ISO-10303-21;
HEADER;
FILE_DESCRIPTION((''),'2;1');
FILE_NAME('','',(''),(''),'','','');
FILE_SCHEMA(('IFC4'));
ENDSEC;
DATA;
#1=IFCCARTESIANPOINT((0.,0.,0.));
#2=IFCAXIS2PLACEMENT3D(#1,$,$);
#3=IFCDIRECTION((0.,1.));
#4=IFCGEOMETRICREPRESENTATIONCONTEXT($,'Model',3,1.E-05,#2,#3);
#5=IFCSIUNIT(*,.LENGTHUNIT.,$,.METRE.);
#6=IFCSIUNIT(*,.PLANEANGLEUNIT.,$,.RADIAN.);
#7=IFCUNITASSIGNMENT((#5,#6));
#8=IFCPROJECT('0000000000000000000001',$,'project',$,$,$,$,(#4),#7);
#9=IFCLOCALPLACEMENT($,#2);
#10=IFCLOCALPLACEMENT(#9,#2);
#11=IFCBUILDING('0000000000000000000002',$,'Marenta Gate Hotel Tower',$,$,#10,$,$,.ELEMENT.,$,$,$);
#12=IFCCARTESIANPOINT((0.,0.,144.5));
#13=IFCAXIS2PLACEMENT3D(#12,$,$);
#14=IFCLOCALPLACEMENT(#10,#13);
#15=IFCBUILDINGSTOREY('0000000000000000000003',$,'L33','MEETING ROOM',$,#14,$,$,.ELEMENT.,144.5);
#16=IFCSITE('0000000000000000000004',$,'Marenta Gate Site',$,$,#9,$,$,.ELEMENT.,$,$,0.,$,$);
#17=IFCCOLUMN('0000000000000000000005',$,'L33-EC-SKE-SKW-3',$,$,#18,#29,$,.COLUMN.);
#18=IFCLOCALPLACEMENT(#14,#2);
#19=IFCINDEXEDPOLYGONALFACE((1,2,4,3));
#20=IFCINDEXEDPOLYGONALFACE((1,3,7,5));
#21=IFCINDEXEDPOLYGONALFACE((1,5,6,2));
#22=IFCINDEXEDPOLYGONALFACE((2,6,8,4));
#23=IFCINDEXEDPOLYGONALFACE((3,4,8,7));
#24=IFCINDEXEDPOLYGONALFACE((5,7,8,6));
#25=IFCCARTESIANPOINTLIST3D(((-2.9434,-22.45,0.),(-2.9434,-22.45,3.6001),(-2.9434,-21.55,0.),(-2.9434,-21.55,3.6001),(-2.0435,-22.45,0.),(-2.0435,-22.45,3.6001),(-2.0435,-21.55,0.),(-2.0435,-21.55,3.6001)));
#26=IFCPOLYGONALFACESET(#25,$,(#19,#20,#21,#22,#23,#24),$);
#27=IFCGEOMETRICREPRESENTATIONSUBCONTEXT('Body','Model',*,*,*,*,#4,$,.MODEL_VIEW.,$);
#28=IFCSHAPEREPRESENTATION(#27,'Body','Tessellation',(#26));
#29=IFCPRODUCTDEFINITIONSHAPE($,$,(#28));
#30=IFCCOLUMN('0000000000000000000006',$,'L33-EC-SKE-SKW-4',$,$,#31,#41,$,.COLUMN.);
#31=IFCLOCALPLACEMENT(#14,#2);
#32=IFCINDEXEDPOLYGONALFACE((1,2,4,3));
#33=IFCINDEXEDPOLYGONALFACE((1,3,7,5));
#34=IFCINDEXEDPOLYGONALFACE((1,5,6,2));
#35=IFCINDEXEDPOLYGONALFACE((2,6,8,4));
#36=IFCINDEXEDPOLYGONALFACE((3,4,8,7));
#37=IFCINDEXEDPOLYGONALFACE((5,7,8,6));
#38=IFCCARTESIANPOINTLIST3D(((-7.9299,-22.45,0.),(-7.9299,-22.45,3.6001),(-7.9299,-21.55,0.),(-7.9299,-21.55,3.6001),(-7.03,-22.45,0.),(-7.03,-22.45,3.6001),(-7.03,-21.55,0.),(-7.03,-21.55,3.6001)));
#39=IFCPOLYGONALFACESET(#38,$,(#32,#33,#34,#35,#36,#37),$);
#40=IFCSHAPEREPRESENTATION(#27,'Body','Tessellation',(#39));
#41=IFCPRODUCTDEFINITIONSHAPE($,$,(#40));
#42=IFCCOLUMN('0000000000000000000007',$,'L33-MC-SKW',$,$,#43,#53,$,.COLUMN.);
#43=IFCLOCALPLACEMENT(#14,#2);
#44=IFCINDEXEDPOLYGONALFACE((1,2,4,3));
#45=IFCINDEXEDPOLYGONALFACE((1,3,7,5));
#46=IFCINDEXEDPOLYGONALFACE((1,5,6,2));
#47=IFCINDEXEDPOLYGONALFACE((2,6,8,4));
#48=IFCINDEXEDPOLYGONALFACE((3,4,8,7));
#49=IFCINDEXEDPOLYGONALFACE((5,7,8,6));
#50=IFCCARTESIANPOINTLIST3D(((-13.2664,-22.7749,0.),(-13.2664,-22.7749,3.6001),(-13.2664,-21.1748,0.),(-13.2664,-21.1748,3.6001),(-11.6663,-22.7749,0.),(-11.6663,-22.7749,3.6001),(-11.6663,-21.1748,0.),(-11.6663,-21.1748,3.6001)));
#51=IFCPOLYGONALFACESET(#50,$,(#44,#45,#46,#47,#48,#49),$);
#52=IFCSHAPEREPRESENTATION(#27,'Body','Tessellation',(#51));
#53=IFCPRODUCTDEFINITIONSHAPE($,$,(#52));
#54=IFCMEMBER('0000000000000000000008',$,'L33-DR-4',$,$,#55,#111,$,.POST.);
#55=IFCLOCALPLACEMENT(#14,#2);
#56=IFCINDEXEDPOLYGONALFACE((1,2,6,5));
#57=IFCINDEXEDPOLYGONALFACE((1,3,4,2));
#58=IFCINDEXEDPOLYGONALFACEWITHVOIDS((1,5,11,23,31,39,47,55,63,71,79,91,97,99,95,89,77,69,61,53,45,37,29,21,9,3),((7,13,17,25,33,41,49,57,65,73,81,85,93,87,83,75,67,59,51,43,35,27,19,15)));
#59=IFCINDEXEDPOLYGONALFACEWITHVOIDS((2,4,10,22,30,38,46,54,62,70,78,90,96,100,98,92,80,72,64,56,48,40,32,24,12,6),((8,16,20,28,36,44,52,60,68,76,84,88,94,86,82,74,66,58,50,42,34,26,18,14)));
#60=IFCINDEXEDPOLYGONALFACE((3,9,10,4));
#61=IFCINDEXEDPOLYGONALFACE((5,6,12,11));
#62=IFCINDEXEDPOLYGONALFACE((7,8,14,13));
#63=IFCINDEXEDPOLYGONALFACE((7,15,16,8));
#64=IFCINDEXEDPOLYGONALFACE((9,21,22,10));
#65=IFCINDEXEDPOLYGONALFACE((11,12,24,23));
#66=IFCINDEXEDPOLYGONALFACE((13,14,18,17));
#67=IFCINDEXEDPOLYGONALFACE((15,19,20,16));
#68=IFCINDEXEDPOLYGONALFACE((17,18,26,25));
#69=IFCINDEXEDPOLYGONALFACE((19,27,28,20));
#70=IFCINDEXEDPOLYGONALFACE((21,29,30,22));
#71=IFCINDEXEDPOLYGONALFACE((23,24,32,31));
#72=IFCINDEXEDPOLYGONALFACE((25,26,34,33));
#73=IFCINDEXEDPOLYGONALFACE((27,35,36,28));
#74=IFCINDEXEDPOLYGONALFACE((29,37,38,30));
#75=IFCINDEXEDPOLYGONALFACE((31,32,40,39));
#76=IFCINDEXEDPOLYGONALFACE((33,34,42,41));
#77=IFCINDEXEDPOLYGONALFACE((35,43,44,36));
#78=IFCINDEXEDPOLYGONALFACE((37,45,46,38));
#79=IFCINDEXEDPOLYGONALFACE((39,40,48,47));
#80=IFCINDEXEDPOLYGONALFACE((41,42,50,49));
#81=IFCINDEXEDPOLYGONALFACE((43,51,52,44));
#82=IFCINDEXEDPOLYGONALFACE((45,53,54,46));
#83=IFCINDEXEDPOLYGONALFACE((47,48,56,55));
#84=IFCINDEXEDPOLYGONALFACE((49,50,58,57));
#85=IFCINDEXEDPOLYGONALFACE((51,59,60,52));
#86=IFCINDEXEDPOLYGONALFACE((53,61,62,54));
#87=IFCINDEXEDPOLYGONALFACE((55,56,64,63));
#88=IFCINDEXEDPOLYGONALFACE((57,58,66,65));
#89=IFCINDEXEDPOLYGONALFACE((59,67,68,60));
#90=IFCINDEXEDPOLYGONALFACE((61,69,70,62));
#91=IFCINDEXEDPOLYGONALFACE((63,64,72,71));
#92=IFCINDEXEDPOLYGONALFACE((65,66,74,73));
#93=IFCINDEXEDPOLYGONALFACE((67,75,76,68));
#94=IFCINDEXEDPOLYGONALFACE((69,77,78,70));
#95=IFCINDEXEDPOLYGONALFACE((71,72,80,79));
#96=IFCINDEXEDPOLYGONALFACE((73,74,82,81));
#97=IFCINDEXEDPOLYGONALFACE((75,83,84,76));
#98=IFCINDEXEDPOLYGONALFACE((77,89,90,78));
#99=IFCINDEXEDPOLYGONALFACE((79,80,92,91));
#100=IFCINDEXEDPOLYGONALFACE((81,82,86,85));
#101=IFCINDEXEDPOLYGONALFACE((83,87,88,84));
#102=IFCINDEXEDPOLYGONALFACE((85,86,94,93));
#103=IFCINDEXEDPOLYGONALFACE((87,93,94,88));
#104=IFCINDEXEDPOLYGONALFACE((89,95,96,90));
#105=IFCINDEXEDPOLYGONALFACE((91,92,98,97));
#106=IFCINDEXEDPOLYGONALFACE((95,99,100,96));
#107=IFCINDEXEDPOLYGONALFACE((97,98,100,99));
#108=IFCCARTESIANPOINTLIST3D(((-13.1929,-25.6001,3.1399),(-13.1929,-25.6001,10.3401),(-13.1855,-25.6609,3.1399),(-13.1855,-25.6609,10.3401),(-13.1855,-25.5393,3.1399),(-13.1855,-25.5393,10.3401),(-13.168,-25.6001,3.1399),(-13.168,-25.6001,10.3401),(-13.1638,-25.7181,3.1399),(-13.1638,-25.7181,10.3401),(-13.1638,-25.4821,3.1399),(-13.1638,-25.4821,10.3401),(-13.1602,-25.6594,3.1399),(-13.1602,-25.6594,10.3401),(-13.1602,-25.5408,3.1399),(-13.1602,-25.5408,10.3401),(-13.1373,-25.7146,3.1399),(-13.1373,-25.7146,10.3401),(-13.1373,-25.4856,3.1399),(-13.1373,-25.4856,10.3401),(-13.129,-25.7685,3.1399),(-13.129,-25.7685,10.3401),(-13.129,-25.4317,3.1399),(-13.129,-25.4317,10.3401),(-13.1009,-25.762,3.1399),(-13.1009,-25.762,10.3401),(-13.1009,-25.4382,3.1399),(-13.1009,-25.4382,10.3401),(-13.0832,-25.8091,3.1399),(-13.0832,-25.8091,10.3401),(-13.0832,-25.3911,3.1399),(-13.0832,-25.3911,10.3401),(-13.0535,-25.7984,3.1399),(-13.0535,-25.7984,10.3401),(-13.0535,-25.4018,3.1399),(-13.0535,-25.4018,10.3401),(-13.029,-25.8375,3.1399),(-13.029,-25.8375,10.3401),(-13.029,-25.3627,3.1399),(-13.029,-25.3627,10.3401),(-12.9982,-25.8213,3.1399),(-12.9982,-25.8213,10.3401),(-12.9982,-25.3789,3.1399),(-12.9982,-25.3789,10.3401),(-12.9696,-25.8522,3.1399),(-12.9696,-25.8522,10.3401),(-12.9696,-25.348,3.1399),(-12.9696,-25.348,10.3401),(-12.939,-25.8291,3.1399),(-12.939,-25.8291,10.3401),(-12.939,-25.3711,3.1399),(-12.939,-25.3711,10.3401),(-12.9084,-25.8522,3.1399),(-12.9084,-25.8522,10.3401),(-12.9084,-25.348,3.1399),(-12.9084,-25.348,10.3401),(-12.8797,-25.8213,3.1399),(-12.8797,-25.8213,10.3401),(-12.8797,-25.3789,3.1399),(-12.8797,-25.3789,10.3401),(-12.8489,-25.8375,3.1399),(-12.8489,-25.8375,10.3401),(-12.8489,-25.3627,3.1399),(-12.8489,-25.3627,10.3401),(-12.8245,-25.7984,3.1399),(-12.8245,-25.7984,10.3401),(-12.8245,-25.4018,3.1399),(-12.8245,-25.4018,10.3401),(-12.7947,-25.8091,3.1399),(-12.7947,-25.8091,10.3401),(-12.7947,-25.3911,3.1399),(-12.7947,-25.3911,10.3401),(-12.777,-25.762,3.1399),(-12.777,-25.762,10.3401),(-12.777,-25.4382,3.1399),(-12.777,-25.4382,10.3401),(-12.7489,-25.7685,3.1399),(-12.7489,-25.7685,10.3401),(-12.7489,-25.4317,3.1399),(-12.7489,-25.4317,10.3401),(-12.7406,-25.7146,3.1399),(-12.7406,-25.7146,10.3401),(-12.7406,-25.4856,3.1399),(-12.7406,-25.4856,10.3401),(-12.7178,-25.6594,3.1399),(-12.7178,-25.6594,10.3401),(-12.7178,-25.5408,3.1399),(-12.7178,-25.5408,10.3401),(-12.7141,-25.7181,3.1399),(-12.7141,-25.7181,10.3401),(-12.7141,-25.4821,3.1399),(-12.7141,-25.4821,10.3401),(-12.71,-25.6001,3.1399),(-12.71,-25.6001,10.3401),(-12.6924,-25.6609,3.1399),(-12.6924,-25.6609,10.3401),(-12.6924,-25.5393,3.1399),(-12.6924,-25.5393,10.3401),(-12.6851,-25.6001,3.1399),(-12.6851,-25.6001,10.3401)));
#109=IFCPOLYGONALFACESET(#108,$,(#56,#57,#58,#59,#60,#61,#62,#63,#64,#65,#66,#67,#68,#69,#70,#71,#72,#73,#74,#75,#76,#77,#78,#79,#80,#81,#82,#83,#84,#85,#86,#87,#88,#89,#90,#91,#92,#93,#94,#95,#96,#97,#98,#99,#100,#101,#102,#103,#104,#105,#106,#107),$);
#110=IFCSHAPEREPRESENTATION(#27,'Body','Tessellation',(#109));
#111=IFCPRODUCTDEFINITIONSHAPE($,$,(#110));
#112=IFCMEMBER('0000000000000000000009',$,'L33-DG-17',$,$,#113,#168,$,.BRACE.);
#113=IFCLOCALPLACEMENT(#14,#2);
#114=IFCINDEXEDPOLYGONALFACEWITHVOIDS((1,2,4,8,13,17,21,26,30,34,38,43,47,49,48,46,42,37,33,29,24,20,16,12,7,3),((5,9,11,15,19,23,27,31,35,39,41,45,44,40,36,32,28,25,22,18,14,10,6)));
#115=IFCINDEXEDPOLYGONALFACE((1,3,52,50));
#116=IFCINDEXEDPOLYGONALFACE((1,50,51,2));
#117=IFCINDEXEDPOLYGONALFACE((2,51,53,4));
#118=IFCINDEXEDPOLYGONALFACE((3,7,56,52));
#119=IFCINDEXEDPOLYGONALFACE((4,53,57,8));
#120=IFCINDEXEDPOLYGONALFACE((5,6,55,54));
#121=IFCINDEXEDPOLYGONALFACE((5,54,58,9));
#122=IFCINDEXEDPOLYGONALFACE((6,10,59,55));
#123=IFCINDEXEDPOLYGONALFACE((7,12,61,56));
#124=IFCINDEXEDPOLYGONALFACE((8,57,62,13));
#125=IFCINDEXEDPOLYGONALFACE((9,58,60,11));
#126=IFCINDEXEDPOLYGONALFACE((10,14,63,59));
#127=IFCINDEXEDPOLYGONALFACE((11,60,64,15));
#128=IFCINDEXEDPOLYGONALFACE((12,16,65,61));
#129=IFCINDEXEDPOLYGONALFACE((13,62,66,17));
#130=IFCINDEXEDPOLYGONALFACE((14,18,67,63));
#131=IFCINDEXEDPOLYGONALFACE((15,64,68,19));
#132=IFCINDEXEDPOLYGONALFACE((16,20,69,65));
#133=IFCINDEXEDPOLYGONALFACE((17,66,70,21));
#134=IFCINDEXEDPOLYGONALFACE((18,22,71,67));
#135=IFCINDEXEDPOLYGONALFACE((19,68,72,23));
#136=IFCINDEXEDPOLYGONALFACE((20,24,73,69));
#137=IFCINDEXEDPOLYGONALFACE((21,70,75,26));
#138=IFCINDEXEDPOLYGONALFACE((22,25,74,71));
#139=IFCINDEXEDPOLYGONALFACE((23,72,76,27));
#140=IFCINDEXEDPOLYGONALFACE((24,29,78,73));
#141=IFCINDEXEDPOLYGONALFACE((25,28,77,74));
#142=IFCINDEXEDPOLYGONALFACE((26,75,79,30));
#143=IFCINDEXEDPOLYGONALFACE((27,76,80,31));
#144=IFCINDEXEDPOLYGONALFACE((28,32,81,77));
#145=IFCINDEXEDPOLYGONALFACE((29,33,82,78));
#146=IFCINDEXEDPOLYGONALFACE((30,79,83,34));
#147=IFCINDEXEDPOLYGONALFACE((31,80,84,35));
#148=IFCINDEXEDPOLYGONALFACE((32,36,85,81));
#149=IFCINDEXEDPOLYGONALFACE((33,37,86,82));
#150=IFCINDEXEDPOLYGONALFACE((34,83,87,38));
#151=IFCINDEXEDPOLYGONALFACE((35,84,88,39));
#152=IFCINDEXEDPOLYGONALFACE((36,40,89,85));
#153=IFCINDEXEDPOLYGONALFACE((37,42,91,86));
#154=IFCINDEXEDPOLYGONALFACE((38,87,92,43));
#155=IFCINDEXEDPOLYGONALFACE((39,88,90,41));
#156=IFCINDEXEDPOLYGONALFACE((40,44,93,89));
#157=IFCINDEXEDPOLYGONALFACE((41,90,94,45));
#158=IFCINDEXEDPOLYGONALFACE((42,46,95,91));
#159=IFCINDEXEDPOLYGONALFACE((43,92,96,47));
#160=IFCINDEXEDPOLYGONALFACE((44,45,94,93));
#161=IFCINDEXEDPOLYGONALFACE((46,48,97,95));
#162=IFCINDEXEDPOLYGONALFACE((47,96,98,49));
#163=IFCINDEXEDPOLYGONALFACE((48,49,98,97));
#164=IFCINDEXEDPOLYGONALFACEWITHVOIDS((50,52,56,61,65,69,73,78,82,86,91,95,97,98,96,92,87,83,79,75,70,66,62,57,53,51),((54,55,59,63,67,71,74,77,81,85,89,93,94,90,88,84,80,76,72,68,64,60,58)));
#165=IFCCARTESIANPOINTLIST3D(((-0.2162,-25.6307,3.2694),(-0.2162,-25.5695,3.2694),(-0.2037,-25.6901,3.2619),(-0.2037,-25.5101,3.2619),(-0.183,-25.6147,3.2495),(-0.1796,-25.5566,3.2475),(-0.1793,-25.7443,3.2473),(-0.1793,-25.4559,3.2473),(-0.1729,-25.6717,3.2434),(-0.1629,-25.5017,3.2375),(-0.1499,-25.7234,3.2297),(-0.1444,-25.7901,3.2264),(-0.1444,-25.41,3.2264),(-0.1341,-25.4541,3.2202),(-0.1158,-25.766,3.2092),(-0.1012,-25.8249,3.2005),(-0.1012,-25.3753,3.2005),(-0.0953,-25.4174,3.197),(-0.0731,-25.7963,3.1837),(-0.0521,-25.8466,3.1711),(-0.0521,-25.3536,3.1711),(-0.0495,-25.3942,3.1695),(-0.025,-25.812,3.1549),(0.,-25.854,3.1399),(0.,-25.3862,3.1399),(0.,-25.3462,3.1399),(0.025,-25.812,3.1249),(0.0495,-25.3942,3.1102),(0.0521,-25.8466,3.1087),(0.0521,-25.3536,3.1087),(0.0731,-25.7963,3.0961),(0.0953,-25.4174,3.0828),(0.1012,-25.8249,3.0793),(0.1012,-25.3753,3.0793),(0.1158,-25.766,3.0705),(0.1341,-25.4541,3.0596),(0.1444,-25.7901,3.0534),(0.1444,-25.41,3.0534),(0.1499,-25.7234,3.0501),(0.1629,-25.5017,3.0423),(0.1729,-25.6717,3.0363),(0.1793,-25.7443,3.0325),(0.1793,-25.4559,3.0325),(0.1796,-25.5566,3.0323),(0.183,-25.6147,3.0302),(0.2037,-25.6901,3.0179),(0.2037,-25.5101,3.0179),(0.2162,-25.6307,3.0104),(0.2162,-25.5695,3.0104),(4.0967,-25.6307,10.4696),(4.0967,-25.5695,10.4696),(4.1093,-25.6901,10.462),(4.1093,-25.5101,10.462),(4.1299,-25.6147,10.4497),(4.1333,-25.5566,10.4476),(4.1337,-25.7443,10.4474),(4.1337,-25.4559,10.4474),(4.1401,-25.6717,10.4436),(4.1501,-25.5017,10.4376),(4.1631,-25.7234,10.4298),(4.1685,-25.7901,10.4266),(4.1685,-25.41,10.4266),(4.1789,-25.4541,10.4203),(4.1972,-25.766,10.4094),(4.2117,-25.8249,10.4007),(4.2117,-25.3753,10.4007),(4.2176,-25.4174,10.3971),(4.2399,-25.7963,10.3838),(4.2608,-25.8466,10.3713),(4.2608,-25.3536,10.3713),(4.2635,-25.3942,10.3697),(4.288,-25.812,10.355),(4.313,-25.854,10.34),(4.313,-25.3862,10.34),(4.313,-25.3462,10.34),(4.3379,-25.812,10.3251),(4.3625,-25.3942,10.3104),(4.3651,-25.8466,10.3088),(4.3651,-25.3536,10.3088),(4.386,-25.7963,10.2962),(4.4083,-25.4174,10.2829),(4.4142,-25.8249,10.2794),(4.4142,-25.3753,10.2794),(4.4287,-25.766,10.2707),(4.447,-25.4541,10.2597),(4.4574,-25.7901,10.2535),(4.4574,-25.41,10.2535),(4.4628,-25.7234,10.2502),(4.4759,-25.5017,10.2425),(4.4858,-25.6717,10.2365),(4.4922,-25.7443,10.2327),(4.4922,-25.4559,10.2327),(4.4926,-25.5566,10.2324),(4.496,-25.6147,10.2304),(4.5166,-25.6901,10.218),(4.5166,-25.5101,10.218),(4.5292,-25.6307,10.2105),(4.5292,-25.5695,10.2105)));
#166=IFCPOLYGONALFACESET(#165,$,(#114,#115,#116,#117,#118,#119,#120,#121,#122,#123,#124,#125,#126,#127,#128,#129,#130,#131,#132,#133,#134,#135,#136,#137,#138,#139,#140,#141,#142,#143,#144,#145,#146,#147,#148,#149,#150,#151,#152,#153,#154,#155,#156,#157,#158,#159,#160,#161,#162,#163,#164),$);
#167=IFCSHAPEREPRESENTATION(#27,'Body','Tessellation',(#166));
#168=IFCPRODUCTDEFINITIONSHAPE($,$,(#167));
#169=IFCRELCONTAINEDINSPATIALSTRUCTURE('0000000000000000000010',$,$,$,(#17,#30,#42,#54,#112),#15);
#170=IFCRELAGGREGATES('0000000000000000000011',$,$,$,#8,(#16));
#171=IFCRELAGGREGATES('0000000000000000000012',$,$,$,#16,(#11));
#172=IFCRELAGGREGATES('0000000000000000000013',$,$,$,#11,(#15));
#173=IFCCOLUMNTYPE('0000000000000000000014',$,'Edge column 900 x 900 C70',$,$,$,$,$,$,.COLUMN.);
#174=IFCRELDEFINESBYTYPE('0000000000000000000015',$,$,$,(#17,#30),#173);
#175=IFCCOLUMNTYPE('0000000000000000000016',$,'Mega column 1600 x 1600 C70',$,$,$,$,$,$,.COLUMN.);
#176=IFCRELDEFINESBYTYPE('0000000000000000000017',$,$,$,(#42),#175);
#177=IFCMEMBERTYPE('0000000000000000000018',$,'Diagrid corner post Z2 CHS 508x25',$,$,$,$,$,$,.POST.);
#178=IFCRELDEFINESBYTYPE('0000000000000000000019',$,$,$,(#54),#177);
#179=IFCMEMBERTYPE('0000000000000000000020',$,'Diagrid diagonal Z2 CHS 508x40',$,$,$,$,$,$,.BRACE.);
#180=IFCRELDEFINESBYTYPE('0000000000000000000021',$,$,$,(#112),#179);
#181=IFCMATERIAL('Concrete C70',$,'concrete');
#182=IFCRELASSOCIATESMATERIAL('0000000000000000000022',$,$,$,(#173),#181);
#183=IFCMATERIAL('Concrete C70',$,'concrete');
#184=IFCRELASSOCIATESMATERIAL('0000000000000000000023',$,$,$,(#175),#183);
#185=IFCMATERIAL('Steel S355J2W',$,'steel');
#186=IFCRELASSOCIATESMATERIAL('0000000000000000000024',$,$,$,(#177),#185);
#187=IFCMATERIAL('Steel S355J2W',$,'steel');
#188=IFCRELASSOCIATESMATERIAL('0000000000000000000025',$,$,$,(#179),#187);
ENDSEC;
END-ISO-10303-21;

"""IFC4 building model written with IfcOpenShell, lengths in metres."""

from ifc_helpers import new_model, si_unit, direction, frame, origin, origin_2d, place, context, subcontext, project, spatial, rectangle, hollow_circle, extrude, material, material_profile, profile_set, type_object, element, save


model = new_model("IFC4")

# Units and contexts
model_context = context("Model", 3, precision=1e-05, world=origin(), true_north=direction((0.0, 1.0)))
body_context = subcontext(model_context, "Body", "Model", "MODEL_VIEW")
ifc_project = project(units=[si_unit("LENGTHUNIT", "METRE"), si_unit("PLANEANGLEUNIT", "RADIAN")], contexts=[model_context])

# Site, building, storey
site_placement = place(None, origin())
site = spatial("IfcSite", under=ifc_project, at=site_placement, Name="Marenta Gate Site", CompositionType="ELEMENT", RefElevation=0.0)
building_placement = place(site_placement, origin())
building = spatial("IfcBuilding", under=site, at=building_placement, Name="Marenta Gate Hotel Tower", CompositionType="ELEMENT")
storey_placement = place(building_placement, frame((0.0, 0.0, 144.5)))
storey = spatial("IfcBuildingStorey", under=building, at=storey_placement, Name="L33", Description="MEETING ROOM", CompositionType="ELEMENT", Elevation=144.5)

# Columns
ifc_material_1 = material(Name="Concrete C70", Category="concrete")
ifc_material_profile_1 = material_profile(ifc_material_1, rectangle(XDim=0.8999, YDim=0.8999, at=origin_2d()), Name="900 x 900")
ifc_profile_set_1 = profile_set([ifc_material_profile_1], Name="Concrete C70")
column_type_1 = type_object("IfcColumnType", Name="Edge column 900 x 900 C70", PredefinedType="COLUMN", material=ifc_profile_set_1)
for number, where, z_axis, x_axis, name in (
    (1, (-2.4934, -22.0, 0.0), (0.0, 0.0, 1.0), (1.0, 0.0, 0.0), "L33-EC-SKE-SKW-3"),
    (2, (-7.48, -22.0, 0.0), (0.0, 0.0, 1.0), (1.0, 0.0, 0.0), "L33-EC-SKE-SKW-4"),
):
    element("IfcColumn", number, at=place(storey_placement, frame(where, z_axis=z_axis, x_axis=x_axis)), inside=storey, type_object=column_type_1, Name=name, PredefinedType="COLUMN", context=body_context, shape_type="SweptSolid", body=[
        extrude(rectangle(XDim=0.8999, YDim=0.8999, at=origin_2d()), origin(), (0.0, 0.0, 1.0), 3.6001),
    ])
ifc_material_2 = material(Name="Concrete C70", Category="concrete")
ifc_material_profile_2 = material_profile(ifc_material_2, rectangle(XDim=1.6001, YDim=1.6001, at=origin_2d()), Name="1600 x 1600")
ifc_profile_set_2 = profile_set([ifc_material_profile_2], Name="Concrete C70")
column_type_2 = type_object("IfcColumnType", Name="Mega column 1600 x 1600 C70", PredefinedType="COLUMN", material=ifc_profile_set_2)
column_placement = place(storey_placement, frame((-12.4663, -21.9749, 0.0), z_axis=(0.0, 0.0, 1.0), x_axis=(1.0, 0.0, 0.0)))
element("IfcColumn", 3, at=column_placement, inside=storey, type_object=column_type_2, Name="L33-MC-SKW", PredefinedType="COLUMN", context=body_context, shape_type="SweptSolid", body=[
    extrude(rectangle(XDim=1.6001, YDim=1.6001, at=origin_2d()), origin(), (0.0, 0.0, 1.0), 3.6001),
])

# Members
ifc_material_3 = material(Name="Steel S355J2W", Category="steel")
ifc_material_profile_3 = material_profile(ifc_material_3, hollow_circle(Radius=0.2539, WallThickness=0.0249, at=origin_2d()), Name="CHS 508x25")
ifc_profile_set_3 = profile_set([ifc_material_profile_3], Name="Steel S355J2W")
member_type_1 = type_object("IfcMemberType", Name="Diagrid corner post Z2 CHS 508x25", PredefinedType="POST", material=ifc_profile_set_3)
member_1_placement = place(storey_placement, frame((-12.939, -25.6001, 3.1399), z_axis=(0.0, 0.0, 1.0), x_axis=(1.0, 0.0, 0.0)))
element("IfcMember", 4, at=member_1_placement, inside=storey, type_object=member_type_1, Name="L33-DR-4", PredefinedType="POST", context=body_context, shape_type="SweptSolid", body=[
    extrude(hollow_circle(Radius=0.2539, WallThickness=0.0249, at=origin_2d()), origin(), (0.0, 0.0, 1.0), 7.2002),
])
ifc_material_4 = material(Name="Steel S355J2W", Category="steel")
ifc_material_profile_4 = material_profile(ifc_material_4, hollow_circle(Radius=0.2539, WallThickness=0.04, at=origin_2d()), Name="CHS 508x40")
ifc_profile_set_4 = profile_set([ifc_material_profile_4], Name="Steel S355J2W")
member_type_2 = type_object("IfcMemberType", Name="Diagrid diagonal Z2 CHS 508x40", PredefinedType="BRACE", material=ifc_profile_set_4)
for number, where, z_axis, x_axis, name in (
    (5, (0.0, -25.6001, 3.1399), (0.513871, 0.0, 0.857867), (0.0, 1.0, 0.0), "L33-DG-17"),
):
    element("IfcMember", number, at=place(storey_placement, frame(where, z_axis=z_axis, x_axis=x_axis)), inside=storey, type_object=member_type_2, Name=name, PredefinedType="BRACE", context=body_context, shape_type="SweptSolid", body=[
        extrude(hollow_circle(Radius=0.2539, WallThickness=0.04, at=origin_2d()), origin(), (0.0, 0.0, 1.0), 8.3931),
    ])

save(model, "model.ifc")
